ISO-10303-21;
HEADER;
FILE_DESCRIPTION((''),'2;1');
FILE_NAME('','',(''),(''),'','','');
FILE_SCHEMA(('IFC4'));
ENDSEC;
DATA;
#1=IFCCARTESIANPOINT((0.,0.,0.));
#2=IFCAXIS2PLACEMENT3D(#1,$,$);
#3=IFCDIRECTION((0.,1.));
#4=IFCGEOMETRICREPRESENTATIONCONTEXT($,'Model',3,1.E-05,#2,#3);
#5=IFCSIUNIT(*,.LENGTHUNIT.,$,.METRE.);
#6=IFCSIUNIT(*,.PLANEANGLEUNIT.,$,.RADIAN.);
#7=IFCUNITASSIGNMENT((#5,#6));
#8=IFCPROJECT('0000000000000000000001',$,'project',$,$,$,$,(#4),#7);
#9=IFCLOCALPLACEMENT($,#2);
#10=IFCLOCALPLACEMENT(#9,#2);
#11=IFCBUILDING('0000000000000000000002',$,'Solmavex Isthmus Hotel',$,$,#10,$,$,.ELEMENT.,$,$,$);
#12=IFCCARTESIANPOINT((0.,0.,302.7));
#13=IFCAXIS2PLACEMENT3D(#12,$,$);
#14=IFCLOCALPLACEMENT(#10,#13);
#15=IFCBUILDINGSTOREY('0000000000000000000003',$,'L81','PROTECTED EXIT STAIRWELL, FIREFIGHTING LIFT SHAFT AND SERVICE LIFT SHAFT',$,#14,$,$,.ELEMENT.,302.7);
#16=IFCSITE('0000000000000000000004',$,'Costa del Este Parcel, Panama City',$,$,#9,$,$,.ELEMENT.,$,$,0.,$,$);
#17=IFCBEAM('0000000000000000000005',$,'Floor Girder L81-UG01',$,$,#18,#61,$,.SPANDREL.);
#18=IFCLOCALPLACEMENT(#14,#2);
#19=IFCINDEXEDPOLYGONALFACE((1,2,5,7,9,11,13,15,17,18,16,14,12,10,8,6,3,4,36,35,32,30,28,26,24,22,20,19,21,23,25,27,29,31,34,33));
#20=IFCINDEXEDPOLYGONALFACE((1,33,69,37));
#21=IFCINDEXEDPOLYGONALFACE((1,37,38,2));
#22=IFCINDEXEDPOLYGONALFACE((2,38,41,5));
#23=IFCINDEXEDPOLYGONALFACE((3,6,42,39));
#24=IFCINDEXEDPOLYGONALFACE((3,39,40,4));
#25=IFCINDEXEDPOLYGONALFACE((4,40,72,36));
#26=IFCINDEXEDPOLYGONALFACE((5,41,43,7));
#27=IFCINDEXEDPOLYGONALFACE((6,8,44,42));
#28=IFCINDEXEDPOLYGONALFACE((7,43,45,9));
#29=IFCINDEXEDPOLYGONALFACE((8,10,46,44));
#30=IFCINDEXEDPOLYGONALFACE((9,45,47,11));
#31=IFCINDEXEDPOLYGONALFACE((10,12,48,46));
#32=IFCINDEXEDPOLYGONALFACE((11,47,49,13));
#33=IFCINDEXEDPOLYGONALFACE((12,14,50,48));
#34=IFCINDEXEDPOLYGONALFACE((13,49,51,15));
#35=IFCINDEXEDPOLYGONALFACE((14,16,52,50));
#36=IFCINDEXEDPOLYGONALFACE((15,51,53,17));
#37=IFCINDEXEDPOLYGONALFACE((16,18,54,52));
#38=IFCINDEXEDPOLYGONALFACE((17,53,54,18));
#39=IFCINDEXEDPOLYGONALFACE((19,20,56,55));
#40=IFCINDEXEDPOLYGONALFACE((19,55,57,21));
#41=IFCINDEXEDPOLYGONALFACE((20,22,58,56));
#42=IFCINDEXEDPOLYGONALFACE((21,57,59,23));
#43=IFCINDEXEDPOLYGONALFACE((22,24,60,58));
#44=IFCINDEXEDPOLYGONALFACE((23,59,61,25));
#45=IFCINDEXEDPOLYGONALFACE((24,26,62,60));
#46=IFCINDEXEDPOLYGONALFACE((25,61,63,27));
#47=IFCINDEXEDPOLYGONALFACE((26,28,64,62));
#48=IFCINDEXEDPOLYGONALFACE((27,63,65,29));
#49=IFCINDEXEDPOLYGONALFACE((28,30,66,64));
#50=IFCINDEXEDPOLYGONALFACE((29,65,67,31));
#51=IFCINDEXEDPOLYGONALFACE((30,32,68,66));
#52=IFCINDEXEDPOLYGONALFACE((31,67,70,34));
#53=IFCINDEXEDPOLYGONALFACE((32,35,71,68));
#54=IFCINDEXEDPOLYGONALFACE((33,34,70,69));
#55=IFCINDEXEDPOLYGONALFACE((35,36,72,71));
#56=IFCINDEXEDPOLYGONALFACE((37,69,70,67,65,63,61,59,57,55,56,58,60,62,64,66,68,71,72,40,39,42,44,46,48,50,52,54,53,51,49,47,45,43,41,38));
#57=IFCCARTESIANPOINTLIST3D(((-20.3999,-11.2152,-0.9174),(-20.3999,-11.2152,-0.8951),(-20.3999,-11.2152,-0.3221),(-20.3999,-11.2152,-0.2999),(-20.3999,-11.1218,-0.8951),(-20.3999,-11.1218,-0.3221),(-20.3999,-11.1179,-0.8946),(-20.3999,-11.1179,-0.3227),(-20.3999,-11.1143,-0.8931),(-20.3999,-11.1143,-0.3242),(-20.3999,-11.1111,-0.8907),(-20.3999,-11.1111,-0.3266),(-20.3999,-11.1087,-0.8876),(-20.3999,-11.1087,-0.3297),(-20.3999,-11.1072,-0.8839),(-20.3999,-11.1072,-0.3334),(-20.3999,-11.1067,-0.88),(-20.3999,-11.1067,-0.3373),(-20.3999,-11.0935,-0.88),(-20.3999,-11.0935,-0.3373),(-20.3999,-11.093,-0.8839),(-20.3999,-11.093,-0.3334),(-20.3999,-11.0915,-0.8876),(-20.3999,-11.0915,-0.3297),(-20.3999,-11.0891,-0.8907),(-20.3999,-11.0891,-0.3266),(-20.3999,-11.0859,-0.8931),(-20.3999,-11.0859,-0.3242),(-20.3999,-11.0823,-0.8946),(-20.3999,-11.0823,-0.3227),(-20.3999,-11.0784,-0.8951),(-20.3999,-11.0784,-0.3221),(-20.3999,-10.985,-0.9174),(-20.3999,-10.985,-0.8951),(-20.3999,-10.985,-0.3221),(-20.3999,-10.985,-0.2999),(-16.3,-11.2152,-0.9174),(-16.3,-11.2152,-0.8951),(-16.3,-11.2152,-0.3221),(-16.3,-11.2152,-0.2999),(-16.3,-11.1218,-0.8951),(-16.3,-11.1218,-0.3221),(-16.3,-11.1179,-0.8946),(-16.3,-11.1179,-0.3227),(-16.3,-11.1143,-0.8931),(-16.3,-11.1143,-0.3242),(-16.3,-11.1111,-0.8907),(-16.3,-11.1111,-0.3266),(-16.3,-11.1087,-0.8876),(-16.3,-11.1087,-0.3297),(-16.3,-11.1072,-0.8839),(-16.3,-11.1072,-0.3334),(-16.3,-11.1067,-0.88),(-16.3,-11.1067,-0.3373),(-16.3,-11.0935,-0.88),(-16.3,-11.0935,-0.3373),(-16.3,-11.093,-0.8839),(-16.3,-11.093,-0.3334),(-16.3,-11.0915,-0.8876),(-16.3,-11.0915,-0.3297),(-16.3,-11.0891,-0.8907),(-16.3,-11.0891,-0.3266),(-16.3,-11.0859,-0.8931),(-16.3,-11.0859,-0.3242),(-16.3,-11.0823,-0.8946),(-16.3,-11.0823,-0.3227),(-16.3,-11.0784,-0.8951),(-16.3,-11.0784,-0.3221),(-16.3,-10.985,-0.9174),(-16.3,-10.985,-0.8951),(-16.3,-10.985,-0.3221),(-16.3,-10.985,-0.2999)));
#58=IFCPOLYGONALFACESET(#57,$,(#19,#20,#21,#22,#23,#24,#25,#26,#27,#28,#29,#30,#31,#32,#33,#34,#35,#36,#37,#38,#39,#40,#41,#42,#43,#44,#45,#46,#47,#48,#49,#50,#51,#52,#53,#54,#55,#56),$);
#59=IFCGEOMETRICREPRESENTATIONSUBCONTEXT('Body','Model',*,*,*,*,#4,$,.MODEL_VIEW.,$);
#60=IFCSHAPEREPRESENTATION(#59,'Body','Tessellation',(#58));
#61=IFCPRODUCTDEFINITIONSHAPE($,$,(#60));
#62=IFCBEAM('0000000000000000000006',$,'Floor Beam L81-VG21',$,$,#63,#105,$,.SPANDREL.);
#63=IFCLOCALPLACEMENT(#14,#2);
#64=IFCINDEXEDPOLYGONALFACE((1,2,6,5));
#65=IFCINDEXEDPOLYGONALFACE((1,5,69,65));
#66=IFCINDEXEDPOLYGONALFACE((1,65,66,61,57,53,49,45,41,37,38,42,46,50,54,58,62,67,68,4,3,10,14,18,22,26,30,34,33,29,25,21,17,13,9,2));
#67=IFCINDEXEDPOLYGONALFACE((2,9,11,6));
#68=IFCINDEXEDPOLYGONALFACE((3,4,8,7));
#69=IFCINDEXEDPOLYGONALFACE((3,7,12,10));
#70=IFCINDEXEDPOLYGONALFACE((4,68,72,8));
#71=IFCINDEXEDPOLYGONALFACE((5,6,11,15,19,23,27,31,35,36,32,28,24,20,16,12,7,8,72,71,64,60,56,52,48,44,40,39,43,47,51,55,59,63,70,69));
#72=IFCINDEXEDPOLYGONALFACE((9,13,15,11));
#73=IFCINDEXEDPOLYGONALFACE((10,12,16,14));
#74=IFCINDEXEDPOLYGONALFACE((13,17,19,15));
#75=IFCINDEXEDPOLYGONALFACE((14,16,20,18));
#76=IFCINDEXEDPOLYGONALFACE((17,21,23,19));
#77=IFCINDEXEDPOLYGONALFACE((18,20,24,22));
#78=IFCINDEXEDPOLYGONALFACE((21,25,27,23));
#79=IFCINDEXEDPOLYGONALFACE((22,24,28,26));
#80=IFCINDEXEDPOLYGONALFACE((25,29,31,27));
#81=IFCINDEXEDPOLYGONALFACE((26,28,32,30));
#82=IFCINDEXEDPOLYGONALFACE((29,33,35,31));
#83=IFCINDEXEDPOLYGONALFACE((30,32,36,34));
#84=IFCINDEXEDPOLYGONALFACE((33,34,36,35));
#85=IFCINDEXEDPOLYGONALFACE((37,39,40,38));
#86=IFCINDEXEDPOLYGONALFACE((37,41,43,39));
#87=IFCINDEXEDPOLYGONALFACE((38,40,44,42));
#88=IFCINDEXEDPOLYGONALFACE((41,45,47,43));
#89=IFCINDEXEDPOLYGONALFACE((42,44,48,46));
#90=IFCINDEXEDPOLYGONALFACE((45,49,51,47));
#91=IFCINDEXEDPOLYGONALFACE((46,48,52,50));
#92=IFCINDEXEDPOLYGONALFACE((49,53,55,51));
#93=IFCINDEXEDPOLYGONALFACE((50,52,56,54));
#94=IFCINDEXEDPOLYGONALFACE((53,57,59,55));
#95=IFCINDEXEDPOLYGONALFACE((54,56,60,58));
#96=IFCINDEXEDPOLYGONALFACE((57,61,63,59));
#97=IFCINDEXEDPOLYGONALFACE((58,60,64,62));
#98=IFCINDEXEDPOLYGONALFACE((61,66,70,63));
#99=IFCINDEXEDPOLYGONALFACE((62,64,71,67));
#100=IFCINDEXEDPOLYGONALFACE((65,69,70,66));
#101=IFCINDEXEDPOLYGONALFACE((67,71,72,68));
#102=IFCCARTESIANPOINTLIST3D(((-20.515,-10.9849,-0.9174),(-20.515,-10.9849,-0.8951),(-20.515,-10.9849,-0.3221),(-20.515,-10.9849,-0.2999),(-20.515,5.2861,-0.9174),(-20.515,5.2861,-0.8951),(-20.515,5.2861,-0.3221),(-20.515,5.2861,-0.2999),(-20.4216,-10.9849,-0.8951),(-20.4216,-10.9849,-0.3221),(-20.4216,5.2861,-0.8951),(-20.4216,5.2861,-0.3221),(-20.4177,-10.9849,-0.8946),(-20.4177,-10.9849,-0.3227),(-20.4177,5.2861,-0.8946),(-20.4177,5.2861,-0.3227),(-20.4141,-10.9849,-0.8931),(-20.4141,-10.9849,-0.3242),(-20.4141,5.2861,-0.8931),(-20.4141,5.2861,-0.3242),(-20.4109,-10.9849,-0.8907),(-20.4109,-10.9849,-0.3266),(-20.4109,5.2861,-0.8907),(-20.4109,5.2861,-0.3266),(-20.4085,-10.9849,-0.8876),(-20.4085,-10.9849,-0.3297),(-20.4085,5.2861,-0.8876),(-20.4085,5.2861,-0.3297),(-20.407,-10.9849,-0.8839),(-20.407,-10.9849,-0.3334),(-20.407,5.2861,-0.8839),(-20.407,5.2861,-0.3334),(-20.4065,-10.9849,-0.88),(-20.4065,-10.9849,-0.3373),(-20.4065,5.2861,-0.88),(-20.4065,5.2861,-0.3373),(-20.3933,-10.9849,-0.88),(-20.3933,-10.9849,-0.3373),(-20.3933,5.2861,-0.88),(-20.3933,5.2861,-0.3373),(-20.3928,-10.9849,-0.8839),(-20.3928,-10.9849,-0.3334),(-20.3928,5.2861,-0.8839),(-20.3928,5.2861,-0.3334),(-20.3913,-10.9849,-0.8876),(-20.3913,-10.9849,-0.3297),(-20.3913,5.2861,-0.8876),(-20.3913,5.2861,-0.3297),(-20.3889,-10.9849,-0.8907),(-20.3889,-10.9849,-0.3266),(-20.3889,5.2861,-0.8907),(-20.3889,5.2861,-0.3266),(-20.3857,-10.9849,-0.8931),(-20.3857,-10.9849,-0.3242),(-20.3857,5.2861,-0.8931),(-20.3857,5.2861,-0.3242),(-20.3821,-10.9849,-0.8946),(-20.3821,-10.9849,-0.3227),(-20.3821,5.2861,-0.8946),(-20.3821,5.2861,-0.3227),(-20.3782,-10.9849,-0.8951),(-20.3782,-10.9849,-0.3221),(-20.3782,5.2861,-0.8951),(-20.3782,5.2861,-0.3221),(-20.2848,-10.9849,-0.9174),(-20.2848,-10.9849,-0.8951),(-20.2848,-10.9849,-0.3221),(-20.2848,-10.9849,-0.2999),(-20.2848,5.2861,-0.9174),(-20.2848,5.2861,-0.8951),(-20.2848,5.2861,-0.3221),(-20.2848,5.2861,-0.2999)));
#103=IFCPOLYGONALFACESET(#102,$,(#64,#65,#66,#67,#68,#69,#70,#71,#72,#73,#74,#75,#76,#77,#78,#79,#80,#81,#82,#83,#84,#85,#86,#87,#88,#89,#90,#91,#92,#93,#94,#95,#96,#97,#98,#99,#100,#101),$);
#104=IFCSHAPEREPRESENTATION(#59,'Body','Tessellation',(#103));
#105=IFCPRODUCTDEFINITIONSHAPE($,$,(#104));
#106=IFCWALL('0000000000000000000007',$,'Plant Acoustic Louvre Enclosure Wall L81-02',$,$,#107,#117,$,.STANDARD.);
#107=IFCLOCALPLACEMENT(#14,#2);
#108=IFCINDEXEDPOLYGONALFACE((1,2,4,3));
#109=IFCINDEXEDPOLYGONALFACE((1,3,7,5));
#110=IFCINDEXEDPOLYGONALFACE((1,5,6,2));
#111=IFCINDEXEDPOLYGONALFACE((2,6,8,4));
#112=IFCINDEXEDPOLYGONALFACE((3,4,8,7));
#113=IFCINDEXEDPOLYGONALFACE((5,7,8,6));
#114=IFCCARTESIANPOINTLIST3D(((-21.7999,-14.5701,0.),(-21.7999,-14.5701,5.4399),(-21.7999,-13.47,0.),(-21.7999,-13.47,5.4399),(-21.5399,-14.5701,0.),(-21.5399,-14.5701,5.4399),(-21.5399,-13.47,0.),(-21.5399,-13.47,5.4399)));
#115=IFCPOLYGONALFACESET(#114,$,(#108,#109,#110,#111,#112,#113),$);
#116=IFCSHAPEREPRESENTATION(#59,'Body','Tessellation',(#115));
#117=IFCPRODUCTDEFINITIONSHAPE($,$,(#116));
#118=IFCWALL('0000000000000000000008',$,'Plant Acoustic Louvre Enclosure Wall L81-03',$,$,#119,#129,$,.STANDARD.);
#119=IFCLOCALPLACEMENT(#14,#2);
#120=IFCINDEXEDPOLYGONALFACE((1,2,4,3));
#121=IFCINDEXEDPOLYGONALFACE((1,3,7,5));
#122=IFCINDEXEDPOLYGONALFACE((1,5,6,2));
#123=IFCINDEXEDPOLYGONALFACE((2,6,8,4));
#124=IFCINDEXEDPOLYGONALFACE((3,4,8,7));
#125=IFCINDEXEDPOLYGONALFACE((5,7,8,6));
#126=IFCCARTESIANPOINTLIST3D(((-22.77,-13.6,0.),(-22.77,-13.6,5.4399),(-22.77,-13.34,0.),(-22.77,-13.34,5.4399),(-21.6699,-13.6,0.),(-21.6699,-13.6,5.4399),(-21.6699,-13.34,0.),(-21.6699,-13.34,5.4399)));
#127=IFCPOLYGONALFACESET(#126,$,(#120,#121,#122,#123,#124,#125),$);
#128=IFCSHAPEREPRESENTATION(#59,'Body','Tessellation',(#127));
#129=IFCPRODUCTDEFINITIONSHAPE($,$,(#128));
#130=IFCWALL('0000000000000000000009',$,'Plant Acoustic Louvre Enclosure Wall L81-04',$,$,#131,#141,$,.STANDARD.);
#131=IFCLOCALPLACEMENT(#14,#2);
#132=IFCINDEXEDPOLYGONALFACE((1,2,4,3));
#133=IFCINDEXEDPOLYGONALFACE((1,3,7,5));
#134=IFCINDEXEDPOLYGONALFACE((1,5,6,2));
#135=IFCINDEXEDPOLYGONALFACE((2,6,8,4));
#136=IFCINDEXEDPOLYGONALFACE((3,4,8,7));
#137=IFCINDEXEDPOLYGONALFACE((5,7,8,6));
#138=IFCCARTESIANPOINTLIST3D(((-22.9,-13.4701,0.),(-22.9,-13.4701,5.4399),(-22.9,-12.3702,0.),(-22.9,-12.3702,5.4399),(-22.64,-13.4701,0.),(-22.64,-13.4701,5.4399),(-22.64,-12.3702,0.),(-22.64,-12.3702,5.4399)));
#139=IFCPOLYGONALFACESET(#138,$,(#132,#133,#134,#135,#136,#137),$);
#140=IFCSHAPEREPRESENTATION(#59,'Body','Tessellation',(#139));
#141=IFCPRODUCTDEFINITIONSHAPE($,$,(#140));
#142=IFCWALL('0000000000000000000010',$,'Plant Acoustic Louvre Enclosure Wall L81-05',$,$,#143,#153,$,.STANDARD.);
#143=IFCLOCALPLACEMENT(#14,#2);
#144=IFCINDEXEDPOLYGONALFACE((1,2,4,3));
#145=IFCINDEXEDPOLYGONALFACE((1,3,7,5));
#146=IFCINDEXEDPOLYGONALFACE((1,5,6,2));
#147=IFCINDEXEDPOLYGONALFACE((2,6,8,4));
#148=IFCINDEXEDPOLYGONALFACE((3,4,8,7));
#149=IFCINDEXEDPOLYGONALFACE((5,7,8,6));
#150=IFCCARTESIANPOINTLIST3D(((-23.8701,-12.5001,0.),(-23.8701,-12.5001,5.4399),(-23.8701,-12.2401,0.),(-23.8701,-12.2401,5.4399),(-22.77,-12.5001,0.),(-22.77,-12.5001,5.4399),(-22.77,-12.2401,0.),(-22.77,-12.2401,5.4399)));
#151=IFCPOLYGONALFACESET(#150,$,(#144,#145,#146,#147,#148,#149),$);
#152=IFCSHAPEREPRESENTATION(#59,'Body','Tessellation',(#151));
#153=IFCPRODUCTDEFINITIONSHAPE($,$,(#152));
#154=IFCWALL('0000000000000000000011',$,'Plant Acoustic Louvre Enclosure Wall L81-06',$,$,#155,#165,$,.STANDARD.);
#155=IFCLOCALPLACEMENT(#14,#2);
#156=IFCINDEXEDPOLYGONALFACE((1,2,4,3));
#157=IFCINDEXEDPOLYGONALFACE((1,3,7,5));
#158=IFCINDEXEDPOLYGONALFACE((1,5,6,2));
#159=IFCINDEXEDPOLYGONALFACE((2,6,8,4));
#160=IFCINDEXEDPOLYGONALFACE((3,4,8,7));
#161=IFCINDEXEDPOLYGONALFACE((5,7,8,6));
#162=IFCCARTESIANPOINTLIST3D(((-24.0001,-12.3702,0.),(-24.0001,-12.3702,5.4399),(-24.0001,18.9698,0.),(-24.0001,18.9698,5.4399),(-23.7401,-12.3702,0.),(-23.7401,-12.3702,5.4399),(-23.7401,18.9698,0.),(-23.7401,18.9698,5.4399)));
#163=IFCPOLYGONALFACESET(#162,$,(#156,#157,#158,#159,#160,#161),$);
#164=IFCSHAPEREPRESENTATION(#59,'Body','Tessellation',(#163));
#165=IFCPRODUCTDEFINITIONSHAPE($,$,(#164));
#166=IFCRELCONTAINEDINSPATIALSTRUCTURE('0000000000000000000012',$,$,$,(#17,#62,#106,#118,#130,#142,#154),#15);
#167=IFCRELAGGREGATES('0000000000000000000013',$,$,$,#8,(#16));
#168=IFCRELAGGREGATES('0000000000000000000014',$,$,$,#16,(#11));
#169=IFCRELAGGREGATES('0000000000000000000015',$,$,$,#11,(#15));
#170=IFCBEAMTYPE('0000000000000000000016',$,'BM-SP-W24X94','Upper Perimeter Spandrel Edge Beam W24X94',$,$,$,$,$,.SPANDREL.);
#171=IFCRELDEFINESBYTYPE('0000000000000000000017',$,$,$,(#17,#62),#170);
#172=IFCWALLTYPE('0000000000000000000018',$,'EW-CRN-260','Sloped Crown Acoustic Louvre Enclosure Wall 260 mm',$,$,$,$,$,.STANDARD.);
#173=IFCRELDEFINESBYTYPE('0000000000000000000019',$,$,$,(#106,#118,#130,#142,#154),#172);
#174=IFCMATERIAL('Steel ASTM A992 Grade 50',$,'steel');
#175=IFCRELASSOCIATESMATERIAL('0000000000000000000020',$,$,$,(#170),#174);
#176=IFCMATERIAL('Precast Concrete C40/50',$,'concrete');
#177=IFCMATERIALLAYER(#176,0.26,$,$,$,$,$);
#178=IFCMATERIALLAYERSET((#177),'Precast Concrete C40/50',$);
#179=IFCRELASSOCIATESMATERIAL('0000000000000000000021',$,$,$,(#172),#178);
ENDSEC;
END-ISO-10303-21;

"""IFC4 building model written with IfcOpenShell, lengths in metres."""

from ifc_helpers import new_model, si_unit, direction, frame, frame_2d, origin, origin_2d, place, context, subcontext, project, spatial, rectangle, i_section, extrude, material, layer, layer_set, material_profile, profile_set, type_object, element, save


model = new_model("IFC4")

# Units and contexts
model_context = context("Model", 3, precision=1e-05, world=origin(), true_north=direction((0.0, 1.0)))
body_context = subcontext(model_context, "Body", "Model", "MODEL_VIEW")
ifc_project = project(units=[si_unit("LENGTHUNIT", "METRE"), si_unit("PLANEANGLEUNIT", "RADIAN")], contexts=[model_context])

# Site, building, storey
site_placement = place(None, origin())
site = spatial("IfcSite", under=ifc_project, at=site_placement, Name="Costa del Este Parcel, Panama City", CompositionType="ELEMENT", RefElevation=0.0)
building_placement = place(site_placement, origin())
building = spatial("IfcBuilding", under=site, at=building_placement, Name="Solmavex Isthmus Hotel", CompositionType="ELEMENT")
storey_placement = place(building_placement, frame((0.0, 0.0, 302.7)))
storey = spatial("IfcBuildingStorey", under=building, at=storey_placement, Name="L81", Description="PROTECTED EXIT STAIRWELL, FIREFIGHTING LIFT SHAFT AND SERVICE LIFT SHAFT", CompositionType="ELEMENT", Elevation=302.7)

# Beams
ifc_material_1 = material(Name="Steel ASTM A992 Grade 50", Category="steel")
ifc_material_profile_1 = material_profile(ifc_material_1, i_section(OverallWidth=0.2302, OverallDepth=0.6174, WebThickness=0.0132, FlangeThickness=0.0222, FilletRadius=0.0151, at=origin_2d()), Name="W24X94")
ifc_profile_set_1 = profile_set([ifc_material_profile_1], Name="Steel ASTM A992 Grade 50")
beam_type_1 = type_object("IfcBeamType", Name="BM-SP-W24X94", Description="Upper Perimeter Spandrel Edge Beam W24X94", PredefinedType="SPANDREL", material=ifc_profile_set_1)
beam_1_placement = place(storey_placement, frame((-20.3999, -11.1001, -0.6086), z_axis=(1.0, 0.0, 0.0), x_axis=(0.0, 1.0, 0.0)))
element("IfcBeam", 1, at=beam_1_placement, inside=storey, type_object=beam_type_1, Name="Floor Girder L81-UG01", PredefinedType="SPANDREL", context=body_context, shape_type="SweptSolid", body=[
    extrude(i_section(OverallWidth=0.2302, OverallDepth=0.6174, WebThickness=0.0132, FlangeThickness=0.0222, FilletRadius=0.0151, at=origin_2d()), origin(), (0.0, 0.0, 1.0), 4.0999),
])
beam_2_placement = place(storey_placement, frame((-20.3999, -10.9849, -0.6086), z_axis=(0.0, 1.0, 0.0), x_axis=(-1.0, 0.0, 0.0)))
element("IfcBeam", 2, at=beam_2_placement, inside=storey, type_object=beam_type_1, Name="Floor Beam L81-VG21", PredefinedType="SPANDREL", context=body_context, shape_type="SweptSolid", body=[
    extrude(i_section(OverallWidth=0.2302, OverallDepth=0.6174, WebThickness=0.0132, FlangeThickness=0.0222, FilletRadius=0.0151, at=origin_2d()), origin(), (0.0, 0.0, 1.0), 16.271),
])

# Walls
ifc_material_2 = material(Name="Precast Concrete C40/50", Category="concrete")
ifc_layer_1 = layer(ifc_material_2, 0.26)
ifc_layer_set_1 = layer_set([ifc_layer_1], Name="Precast Concrete C40/50")
wall_type_1 = type_object("IfcWallType", Name="EW-CRN-260", Description="Sloped Crown Acoustic Louvre Enclosure Wall 260 mm", PredefinedType="STANDARD", material=ifc_layer_set_1)
for number, where, z_axis, x_axis, name in (
    (3, (-21.6699, -14.5701, 0.0), (0.0, 0.0, 1.0), (0.0, 1.0, 0.0), "Plant Acoustic Louvre Enclosure Wall L81-02"),
    (4, (-21.6699, -13.47, 0.0), (0.0, 0.0, 1.0), (-1.0, 0.0, 0.0), "Plant Acoustic Louvre Enclosure Wall L81-03"),
):
    element("IfcWall", number, at=place(storey_placement, frame(where, z_axis=z_axis, x_axis=x_axis)), inside=storey, type_object=wall_type_1, Name=name, PredefinedType="STANDARD", context=body_context, shape_type="SweptSolid", body=[
        extrude(rectangle(XDim=1.1001, YDim=0.26, at=frame_2d((0.55, 0.0))), origin(), (0.0, 0.0, 1.0), 5.4399),
    ])
wall_1_placement = place(storey_placement, frame((-22.77, -13.47, 0.0), z_axis=(0.0, 0.0, 1.0), x_axis=(0.0, 1.0, 0.0)))
element("IfcWall", 5, at=wall_1_placement, inside=storey, type_object=wall_type_1, Name="Plant Acoustic Louvre Enclosure Wall L81-04", PredefinedType="STANDARD", context=body_context, shape_type="SweptSolid", body=[
    extrude(rectangle(XDim=1.0999, YDim=0.26, at=frame_2d((0.5498, 0.0))), origin(), (0.0, 0.0, 1.0), 5.4399),
])
wall_2_placement = place(storey_placement, frame((-22.77, -12.3701, 0.0), z_axis=(0.0, 0.0, 1.0), x_axis=(-1.0, 0.0, 0.0)))
element("IfcWall", 6, at=wall_2_placement, inside=storey, type_object=wall_type_1, Name="Plant Acoustic Louvre Enclosure Wall L81-05", PredefinedType="STANDARD", context=body_context, shape_type="SweptSolid", body=[
    extrude(rectangle(XDim=1.1001, YDim=0.26, at=frame_2d((0.55, 0.0))), origin(), (0.0, 0.0, 1.0), 5.4399),
])
wall_3_placement = place(storey_placement, frame((-23.8701, -12.3701, 0.0), z_axis=(0.0, 0.0, 1.0), x_axis=(0.0, 1.0, 0.0)))
element("IfcWall", 7, at=wall_3_placement, inside=storey, type_object=wall_type_1, Name="Plant Acoustic Louvre Enclosure Wall L81-06", PredefinedType="STANDARD", context=body_context, shape_type="SweptSolid", body=[
    extrude(rectangle(XDim=31.3401, YDim=0.26, at=frame_2d((15.6699, 0.0))), origin(), (0.0, 0.0, 1.0), 5.4399),
])

save(model, "model.ifc")
